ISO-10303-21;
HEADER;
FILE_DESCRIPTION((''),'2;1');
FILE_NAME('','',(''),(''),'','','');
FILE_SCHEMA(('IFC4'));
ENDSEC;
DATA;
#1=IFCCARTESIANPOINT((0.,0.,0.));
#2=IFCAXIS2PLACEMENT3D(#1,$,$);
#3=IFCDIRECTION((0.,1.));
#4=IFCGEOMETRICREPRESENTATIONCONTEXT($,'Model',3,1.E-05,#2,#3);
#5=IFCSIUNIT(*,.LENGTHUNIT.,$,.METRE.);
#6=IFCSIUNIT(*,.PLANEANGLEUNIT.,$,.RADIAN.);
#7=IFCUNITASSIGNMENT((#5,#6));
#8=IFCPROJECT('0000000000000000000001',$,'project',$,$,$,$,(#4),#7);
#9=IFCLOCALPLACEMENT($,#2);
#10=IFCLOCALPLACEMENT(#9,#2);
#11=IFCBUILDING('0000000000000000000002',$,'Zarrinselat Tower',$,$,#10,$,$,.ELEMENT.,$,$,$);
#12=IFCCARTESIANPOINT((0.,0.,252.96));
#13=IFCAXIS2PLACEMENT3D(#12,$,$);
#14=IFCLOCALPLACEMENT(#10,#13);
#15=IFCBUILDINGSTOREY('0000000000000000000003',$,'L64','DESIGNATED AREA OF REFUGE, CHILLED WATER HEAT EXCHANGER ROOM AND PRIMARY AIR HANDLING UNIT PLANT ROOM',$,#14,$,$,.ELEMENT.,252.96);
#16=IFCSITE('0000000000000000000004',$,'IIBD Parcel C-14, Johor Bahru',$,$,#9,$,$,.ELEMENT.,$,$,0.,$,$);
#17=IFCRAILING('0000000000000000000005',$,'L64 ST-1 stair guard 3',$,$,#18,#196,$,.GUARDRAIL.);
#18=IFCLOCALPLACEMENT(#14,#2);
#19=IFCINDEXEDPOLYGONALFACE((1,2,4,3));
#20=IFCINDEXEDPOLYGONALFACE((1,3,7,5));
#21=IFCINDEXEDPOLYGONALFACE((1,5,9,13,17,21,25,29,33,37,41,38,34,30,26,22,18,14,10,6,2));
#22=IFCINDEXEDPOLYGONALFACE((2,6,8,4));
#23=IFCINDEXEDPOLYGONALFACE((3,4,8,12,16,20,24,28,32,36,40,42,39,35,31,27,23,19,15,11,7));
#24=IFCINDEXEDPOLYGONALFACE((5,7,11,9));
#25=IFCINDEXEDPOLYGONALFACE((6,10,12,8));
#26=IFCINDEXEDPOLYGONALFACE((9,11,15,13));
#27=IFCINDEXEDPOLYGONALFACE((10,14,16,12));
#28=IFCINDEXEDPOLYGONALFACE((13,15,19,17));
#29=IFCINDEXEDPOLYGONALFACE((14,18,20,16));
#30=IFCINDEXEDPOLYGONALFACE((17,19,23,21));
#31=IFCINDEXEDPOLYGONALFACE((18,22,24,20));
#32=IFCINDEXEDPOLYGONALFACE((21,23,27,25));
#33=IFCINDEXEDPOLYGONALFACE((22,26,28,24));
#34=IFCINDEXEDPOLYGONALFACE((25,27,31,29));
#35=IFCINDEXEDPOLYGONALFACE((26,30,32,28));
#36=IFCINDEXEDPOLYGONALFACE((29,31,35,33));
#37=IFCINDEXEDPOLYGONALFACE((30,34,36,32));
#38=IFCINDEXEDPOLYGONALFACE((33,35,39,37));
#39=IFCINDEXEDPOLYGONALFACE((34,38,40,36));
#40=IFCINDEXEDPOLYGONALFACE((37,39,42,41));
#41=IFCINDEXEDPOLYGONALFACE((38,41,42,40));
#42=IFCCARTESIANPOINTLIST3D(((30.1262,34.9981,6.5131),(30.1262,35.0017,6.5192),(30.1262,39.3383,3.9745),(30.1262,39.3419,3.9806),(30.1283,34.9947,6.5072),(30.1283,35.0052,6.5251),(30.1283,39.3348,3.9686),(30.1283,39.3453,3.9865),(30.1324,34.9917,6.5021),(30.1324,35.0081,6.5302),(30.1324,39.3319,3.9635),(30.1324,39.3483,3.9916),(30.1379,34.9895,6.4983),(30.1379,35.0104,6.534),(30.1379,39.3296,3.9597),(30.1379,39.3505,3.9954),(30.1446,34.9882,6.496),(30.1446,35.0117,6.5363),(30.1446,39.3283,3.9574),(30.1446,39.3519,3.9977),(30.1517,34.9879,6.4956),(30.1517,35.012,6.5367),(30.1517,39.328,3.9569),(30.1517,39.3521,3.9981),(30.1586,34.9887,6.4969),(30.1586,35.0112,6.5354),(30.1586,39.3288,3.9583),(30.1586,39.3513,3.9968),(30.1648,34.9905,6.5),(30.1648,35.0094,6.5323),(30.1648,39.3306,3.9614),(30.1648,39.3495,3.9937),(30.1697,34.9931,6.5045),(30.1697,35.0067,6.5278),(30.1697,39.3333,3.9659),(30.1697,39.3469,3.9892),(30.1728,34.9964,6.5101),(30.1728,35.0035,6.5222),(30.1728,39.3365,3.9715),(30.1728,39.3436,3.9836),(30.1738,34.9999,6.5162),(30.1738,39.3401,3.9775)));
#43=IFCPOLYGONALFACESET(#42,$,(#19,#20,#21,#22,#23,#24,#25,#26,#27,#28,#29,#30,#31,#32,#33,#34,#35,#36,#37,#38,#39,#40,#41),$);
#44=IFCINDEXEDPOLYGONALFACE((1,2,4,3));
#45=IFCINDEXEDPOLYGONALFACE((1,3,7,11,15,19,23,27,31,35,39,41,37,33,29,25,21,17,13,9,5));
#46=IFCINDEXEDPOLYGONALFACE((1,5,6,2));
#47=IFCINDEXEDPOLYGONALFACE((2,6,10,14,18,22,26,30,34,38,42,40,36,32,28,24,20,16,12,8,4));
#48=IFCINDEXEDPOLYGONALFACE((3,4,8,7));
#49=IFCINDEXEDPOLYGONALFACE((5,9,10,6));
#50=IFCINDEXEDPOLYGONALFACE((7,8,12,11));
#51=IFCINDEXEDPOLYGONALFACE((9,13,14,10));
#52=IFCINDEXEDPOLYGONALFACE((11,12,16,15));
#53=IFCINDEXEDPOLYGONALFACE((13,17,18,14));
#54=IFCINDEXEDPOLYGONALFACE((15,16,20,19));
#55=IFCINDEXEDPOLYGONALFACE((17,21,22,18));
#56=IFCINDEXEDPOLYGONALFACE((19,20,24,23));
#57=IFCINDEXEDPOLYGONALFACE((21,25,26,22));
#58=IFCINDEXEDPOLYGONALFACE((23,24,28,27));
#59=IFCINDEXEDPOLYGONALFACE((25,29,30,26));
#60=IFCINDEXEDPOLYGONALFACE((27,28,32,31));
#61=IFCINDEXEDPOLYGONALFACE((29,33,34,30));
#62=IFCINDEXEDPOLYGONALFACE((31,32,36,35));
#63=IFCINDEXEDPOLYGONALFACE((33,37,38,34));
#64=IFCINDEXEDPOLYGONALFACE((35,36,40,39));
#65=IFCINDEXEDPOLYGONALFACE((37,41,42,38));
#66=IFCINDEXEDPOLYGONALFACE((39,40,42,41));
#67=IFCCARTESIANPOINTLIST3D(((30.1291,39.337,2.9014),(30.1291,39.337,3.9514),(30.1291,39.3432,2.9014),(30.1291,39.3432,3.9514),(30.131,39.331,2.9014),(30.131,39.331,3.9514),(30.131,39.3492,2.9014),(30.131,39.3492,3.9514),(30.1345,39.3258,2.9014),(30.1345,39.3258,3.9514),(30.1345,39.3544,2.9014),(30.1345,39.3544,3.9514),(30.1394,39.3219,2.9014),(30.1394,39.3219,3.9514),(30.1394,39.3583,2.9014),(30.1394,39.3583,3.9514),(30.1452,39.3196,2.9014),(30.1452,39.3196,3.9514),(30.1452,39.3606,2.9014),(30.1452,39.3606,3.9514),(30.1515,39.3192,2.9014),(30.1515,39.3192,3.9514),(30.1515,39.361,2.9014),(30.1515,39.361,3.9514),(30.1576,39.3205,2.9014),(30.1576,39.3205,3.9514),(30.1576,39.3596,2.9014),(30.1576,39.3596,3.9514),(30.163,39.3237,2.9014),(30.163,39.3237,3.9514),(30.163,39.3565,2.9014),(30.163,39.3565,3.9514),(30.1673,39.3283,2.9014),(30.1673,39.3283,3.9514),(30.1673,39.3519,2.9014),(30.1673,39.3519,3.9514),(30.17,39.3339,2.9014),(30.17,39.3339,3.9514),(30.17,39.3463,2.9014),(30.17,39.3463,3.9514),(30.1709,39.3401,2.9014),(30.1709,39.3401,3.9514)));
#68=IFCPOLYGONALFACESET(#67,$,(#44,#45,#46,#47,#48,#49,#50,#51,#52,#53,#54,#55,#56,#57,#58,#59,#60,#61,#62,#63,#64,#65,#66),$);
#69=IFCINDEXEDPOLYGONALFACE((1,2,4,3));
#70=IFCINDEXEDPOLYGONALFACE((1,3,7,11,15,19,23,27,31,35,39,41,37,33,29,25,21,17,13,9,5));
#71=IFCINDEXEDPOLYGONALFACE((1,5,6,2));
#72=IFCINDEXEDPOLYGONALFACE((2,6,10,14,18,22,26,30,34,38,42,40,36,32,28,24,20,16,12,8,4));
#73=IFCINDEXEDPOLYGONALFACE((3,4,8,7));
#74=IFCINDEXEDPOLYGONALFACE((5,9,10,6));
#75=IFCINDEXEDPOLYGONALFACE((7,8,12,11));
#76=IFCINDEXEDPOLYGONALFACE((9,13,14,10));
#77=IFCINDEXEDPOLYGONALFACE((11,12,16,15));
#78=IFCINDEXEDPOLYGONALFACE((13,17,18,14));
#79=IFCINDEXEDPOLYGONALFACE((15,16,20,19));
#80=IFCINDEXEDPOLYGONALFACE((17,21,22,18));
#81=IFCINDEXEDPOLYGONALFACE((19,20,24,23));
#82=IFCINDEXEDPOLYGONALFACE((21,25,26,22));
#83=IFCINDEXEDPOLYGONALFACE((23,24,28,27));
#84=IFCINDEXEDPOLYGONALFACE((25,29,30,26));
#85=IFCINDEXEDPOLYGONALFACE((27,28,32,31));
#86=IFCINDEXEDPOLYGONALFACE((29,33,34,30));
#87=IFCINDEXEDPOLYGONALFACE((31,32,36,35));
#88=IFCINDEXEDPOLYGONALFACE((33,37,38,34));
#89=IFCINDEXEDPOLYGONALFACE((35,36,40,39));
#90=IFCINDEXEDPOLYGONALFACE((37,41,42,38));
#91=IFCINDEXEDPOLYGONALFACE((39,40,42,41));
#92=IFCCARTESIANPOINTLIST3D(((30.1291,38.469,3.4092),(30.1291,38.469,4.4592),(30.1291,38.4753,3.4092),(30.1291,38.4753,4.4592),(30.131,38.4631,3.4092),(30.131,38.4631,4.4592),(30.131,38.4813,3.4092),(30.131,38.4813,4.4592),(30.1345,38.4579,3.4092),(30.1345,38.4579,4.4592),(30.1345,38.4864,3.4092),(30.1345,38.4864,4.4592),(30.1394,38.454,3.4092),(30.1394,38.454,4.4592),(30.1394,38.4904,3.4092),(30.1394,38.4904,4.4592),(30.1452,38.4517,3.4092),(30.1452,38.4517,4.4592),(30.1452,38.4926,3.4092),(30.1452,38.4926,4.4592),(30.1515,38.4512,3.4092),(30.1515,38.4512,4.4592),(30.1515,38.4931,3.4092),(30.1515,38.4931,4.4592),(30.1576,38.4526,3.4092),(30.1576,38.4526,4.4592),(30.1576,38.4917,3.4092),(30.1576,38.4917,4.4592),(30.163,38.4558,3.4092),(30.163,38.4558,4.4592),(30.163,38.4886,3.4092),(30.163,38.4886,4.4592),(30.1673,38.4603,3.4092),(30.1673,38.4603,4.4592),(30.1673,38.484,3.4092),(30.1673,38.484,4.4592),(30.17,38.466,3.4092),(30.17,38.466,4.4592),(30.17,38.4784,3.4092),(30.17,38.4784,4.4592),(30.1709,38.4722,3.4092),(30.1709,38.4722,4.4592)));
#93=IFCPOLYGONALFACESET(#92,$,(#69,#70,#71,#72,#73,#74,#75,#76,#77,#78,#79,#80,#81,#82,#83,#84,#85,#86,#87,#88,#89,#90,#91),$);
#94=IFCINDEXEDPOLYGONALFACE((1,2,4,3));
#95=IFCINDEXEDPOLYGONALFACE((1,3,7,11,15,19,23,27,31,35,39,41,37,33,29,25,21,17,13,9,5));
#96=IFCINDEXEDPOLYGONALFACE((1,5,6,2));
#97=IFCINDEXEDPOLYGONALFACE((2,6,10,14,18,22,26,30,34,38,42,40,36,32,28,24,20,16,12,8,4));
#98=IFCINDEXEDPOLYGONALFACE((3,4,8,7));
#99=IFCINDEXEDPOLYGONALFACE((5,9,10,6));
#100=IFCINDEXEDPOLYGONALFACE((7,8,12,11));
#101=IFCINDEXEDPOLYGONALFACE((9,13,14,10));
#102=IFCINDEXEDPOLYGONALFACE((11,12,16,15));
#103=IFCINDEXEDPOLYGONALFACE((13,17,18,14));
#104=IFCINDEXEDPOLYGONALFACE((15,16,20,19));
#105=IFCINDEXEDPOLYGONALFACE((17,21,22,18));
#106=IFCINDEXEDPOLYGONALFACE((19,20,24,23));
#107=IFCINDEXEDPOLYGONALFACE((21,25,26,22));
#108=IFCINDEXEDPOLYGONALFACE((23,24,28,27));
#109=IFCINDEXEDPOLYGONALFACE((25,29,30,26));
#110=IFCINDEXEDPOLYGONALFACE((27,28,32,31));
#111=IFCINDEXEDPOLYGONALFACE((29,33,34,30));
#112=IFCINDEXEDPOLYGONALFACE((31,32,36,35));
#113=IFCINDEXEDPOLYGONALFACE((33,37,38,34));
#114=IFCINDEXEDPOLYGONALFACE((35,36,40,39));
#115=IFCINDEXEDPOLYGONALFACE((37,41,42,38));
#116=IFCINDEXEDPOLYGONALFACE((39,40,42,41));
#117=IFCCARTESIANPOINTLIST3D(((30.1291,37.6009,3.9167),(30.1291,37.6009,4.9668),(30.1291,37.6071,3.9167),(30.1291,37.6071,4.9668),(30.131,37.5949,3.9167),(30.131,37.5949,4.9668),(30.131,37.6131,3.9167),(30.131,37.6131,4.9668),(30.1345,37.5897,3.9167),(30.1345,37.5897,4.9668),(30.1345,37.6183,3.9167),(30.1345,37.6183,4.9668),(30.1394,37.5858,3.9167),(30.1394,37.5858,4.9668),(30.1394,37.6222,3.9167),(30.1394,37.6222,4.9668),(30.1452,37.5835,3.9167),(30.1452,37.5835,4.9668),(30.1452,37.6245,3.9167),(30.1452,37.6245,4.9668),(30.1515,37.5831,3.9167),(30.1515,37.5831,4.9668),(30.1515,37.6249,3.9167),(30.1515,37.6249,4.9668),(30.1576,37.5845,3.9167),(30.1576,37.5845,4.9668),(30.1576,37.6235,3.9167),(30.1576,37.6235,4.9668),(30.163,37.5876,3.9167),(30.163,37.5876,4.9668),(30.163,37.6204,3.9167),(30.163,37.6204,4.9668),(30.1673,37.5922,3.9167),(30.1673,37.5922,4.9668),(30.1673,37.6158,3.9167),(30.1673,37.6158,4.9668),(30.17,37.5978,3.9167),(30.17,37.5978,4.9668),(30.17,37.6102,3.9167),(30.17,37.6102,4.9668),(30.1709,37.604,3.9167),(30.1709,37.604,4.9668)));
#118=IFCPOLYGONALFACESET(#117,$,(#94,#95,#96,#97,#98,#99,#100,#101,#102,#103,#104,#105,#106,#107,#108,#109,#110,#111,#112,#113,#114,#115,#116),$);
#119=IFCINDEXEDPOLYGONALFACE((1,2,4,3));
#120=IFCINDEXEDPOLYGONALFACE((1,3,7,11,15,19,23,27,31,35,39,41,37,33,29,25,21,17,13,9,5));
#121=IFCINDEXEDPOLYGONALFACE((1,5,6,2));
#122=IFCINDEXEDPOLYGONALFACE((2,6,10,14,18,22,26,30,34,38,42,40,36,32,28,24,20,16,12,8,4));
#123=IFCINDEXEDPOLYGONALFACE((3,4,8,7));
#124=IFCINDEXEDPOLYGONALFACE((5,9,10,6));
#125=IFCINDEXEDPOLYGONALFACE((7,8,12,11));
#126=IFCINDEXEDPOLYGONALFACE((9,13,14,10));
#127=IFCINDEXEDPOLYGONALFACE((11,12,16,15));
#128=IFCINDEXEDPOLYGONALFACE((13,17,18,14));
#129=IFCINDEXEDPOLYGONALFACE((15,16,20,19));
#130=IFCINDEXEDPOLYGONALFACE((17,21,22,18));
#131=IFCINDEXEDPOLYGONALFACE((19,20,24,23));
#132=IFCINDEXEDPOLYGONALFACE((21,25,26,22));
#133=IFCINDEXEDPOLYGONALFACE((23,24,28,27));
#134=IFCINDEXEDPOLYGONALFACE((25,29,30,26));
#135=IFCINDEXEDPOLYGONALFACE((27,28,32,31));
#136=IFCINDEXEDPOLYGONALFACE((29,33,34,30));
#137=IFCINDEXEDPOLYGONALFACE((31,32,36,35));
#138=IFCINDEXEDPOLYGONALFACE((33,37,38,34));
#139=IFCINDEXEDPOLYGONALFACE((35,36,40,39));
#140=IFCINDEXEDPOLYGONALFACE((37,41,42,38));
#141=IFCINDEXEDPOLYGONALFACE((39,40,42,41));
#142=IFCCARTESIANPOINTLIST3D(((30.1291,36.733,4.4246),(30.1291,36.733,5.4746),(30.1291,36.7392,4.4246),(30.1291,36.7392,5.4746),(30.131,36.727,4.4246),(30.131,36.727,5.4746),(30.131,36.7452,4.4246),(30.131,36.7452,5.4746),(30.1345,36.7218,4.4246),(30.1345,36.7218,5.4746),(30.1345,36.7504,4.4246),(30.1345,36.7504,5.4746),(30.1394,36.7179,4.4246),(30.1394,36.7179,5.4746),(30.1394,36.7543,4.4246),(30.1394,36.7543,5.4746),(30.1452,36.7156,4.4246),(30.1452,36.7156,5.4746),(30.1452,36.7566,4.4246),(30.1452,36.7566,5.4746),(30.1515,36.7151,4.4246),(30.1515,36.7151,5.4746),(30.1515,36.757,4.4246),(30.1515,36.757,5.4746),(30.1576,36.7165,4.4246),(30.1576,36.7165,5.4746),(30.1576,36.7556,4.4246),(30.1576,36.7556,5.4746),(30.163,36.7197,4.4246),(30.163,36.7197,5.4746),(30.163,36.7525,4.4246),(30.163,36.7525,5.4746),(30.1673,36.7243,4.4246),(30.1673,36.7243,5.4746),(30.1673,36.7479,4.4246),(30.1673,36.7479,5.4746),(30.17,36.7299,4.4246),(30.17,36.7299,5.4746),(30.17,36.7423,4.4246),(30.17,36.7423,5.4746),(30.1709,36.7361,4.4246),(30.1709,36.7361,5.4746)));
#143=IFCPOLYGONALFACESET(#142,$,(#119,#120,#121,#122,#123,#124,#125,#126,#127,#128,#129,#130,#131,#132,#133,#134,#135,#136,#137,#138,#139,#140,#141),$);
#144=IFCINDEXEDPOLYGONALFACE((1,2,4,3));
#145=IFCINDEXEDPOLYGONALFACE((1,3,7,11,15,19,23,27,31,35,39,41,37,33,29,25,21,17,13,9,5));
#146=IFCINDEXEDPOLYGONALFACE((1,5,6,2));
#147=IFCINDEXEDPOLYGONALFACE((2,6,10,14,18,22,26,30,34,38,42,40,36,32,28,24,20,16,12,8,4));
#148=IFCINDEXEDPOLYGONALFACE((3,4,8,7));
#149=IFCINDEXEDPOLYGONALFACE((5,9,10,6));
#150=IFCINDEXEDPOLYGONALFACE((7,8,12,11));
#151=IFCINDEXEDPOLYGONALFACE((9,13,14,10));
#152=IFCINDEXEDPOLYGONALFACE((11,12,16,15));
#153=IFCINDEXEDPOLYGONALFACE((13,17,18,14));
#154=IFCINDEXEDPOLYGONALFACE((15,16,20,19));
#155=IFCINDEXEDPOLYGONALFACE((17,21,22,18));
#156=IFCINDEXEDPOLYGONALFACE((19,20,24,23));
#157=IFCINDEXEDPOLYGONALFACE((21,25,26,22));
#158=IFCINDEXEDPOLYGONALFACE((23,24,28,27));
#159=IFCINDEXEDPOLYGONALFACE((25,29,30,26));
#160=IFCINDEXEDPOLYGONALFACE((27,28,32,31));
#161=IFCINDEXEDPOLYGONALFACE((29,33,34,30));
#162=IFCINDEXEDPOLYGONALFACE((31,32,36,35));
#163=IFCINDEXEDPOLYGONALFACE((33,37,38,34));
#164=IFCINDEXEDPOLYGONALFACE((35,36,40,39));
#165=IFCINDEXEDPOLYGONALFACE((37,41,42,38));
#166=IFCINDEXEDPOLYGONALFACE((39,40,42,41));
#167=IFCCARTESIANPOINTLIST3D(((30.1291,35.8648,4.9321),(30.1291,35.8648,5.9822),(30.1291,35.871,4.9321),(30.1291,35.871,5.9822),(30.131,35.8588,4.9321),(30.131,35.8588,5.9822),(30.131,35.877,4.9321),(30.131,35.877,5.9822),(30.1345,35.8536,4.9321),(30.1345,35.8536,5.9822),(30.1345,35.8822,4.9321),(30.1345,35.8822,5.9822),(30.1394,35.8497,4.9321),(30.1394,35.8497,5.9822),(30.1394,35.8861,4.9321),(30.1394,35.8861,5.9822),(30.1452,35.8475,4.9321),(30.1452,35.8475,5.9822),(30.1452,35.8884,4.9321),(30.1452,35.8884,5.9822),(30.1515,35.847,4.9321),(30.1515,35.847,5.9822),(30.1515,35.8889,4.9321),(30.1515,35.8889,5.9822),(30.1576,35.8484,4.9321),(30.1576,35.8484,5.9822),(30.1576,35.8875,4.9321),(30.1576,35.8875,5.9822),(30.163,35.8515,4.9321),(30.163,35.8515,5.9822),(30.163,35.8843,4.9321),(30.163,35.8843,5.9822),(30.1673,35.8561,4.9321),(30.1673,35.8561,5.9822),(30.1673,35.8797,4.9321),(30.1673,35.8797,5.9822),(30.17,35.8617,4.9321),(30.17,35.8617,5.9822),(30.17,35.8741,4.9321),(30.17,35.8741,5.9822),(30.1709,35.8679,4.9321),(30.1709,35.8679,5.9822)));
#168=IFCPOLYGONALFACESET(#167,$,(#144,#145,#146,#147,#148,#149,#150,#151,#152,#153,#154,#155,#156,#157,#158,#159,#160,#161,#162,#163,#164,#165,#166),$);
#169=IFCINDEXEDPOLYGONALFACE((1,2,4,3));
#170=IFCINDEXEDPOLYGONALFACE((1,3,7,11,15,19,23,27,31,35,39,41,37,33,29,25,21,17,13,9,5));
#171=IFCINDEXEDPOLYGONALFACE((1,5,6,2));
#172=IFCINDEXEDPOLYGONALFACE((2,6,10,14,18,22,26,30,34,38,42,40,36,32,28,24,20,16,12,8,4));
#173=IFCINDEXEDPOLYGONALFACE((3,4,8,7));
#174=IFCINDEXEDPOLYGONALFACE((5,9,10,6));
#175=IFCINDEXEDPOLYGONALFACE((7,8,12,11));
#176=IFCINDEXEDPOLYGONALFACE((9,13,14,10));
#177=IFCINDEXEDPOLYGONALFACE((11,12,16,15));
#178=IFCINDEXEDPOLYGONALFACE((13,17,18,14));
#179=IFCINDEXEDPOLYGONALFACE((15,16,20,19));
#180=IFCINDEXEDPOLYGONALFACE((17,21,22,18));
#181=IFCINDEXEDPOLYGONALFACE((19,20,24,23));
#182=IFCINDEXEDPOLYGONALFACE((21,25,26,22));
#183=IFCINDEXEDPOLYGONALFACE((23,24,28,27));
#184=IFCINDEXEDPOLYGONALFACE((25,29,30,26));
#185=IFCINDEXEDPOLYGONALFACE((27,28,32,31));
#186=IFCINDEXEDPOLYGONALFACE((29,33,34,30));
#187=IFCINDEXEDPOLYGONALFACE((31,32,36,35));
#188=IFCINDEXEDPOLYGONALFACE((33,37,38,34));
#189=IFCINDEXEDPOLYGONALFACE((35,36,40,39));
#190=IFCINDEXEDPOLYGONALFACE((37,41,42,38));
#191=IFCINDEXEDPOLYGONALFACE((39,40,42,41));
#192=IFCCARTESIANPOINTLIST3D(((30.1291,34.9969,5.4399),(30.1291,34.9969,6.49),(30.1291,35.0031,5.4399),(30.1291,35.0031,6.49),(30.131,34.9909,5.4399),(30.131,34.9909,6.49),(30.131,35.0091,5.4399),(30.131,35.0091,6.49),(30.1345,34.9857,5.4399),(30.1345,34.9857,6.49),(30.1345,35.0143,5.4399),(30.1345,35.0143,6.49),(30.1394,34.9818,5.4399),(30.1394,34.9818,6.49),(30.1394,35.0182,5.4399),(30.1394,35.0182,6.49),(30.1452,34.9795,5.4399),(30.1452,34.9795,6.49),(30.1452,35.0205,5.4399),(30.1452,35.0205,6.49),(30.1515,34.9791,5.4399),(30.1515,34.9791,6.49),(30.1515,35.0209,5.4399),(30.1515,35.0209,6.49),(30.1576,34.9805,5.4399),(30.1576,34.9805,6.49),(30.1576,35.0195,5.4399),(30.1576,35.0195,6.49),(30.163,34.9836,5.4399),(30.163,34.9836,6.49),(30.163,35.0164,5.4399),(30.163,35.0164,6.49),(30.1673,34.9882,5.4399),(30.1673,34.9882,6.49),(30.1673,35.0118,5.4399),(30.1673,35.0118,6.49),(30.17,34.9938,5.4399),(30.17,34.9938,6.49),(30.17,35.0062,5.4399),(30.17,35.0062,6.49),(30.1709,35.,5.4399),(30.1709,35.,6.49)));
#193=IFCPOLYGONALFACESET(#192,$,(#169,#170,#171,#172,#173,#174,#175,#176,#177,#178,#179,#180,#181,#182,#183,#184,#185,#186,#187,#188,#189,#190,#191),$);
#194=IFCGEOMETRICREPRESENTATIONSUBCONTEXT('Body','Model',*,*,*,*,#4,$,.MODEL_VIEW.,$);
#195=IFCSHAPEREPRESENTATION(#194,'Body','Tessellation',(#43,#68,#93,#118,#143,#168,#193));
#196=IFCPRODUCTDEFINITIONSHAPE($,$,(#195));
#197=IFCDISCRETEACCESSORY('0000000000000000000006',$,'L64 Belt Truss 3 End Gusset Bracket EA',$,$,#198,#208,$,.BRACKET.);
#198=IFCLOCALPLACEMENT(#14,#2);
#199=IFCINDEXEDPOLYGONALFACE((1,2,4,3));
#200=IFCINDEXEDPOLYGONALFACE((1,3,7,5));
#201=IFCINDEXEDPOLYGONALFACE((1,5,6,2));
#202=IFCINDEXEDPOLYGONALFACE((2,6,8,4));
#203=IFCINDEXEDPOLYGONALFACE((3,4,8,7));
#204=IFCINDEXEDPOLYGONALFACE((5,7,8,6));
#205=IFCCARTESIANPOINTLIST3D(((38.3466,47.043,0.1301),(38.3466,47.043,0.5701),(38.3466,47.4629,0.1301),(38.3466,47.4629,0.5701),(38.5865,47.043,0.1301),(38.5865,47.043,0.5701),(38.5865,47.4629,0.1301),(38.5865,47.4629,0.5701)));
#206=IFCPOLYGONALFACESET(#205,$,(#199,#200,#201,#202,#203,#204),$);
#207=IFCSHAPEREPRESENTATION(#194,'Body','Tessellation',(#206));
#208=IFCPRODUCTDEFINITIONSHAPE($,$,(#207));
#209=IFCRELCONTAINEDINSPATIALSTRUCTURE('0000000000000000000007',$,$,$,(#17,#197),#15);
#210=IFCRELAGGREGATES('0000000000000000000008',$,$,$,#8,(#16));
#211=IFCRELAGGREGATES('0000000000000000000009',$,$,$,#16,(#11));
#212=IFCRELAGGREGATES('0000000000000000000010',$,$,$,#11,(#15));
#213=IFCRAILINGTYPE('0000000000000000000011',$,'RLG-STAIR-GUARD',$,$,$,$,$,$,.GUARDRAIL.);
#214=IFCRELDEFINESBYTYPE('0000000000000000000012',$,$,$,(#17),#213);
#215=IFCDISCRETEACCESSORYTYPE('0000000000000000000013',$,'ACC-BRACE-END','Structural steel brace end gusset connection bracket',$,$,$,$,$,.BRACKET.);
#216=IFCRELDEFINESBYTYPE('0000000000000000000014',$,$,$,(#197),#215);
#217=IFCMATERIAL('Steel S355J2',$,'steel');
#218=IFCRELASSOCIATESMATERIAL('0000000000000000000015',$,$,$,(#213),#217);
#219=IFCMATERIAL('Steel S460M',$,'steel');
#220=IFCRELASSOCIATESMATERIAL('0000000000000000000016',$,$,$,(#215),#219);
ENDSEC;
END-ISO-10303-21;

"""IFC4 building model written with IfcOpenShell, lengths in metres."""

from ifc_helpers import new_model, si_unit, direction, frame, origin, origin_2d, place, context, subcontext, project, spatial, rectangle, circle, extrude, material, type_object, element, save


model = new_model("IFC4")

# Units and contexts
model_context = context("Model", 3, precision=1e-05, world=origin(), true_north=direction((0.0, 1.0)))
body_context = subcontext(model_context, "Body", "Model", "MODEL_VIEW")
ifc_project = project(units=[si_unit("LENGTHUNIT", "METRE"), si_unit("PLANEANGLEUNIT", "RADIAN")], contexts=[model_context])

# Site, building, storey
site_placement = place(None, origin())
site = spatial("IfcSite", under=ifc_project, at=site_placement, Name="IIBD Parcel C-14, Johor Bahru", CompositionType="ELEMENT", RefElevation=0.0)
building_placement = place(site_placement, origin())
building = spatial("IfcBuilding", under=site, at=building_placement, Name="Zarrinselat Tower", CompositionType="ELEMENT")
storey_placement = place(building_placement, frame((0.0, 0.0, 252.96)))
storey = spatial("IfcBuildingStorey", under=building, at=storey_placement, Name="L64", Description="DESIGNATED AREA OF REFUGE, CHILLED WATER HEAT EXCHANGER ROOM AND PRIMARY AIR HANDLING UNIT PLANT ROOM", CompositionType="ELEMENT", Elevation=252.96)

# Railing
ifc_material_1 = material(Name="Steel S355J2", Category="steel")
railing_type = type_object("IfcRailingType", Name="RLG-STAIR-GUARD", PredefinedType="GUARDRAIL", material=ifc_material_1)
railing_1_placement = place(storey_placement, frame((30.1499, 39.3401, 2.9014)))
element("IfcRailing", 1, at=railing_1_placement, inside=storey, type_object=railing_type, Name="L64 ST-1 stair guard 3", PredefinedType="GUARDRAIL", context=body_context, shape_type="SweptSolid", body=[
    extrude(circle(Radius=0.0239, at=origin_2d()), frame((0.0, 0.0, 1.0762), z_axis=(0.0, -0.863185, 0.504888), x_axis=(1.0, 0.0, 0.0)), (0.0, 0.0, 1.0), 5.0281),
    extrude(circle(Radius=0.021, at=origin_2d()), origin(), (0.0, 0.0, 1.0), 1.05),
    extrude(circle(Radius=0.021, at=origin_2d()), frame((0.0, -0.8679, 0.5078)), (0.0, 0.0, 1.0), 1.05),
    extrude(circle(Radius=0.021, at=origin_2d()), frame((0.0, -1.7361, 1.0154)), (0.0, 0.0, 1.0), 1.05),
    extrude(circle(Radius=0.021, at=origin_2d()), frame((0.0, -2.604, 1.5232)), (0.0, 0.0, 1.0), 1.05),
    extrude(circle(Radius=0.021, at=origin_2d()), frame((0.0, -3.4722, 2.0308)), (0.0, 0.0, 1.0), 1.05),
    extrude(circle(Radius=0.021, at=origin_2d()), frame((0.0, -4.3401, 2.5386)), (0.0, 0.0, 1.0), 1.05),
])

# Discrete accessory
ifc_material_2 = material(Name="Steel S460M", Category="steel")
discrete_accessory_type_1 = type_object("IfcDiscreteAccessoryType", Name="ACC-BRACE-END", Description="Structural steel brace end gusset connection bracket", PredefinedType="BRACKET", material=ifc_material_2)
for number, where, z_axis, x_axis, name in (
    (2, (38.4666, 47.2529, 0.1301), (0.0, 0.0, 1.0), (-1.0, 0.0, 0.0), "L64 Belt Truss 3 End Gusset Bracket EA"),
):
    element("IfcDiscreteAccessory", number, at=place(storey_placement, frame(where, z_axis=z_axis, x_axis=x_axis)), inside=storey, type_object=discrete_accessory_type_1, Name=name, PredefinedType="BRACKET", context=body_context, shape_type="SweptSolid", body=[
        extrude(rectangle(XDim=0.24, YDim=0.4199, at=origin_2d()), origin(), (0.0, 0.0, 1.0), 0.4399),
    ])

save(model, "model.ifc")
